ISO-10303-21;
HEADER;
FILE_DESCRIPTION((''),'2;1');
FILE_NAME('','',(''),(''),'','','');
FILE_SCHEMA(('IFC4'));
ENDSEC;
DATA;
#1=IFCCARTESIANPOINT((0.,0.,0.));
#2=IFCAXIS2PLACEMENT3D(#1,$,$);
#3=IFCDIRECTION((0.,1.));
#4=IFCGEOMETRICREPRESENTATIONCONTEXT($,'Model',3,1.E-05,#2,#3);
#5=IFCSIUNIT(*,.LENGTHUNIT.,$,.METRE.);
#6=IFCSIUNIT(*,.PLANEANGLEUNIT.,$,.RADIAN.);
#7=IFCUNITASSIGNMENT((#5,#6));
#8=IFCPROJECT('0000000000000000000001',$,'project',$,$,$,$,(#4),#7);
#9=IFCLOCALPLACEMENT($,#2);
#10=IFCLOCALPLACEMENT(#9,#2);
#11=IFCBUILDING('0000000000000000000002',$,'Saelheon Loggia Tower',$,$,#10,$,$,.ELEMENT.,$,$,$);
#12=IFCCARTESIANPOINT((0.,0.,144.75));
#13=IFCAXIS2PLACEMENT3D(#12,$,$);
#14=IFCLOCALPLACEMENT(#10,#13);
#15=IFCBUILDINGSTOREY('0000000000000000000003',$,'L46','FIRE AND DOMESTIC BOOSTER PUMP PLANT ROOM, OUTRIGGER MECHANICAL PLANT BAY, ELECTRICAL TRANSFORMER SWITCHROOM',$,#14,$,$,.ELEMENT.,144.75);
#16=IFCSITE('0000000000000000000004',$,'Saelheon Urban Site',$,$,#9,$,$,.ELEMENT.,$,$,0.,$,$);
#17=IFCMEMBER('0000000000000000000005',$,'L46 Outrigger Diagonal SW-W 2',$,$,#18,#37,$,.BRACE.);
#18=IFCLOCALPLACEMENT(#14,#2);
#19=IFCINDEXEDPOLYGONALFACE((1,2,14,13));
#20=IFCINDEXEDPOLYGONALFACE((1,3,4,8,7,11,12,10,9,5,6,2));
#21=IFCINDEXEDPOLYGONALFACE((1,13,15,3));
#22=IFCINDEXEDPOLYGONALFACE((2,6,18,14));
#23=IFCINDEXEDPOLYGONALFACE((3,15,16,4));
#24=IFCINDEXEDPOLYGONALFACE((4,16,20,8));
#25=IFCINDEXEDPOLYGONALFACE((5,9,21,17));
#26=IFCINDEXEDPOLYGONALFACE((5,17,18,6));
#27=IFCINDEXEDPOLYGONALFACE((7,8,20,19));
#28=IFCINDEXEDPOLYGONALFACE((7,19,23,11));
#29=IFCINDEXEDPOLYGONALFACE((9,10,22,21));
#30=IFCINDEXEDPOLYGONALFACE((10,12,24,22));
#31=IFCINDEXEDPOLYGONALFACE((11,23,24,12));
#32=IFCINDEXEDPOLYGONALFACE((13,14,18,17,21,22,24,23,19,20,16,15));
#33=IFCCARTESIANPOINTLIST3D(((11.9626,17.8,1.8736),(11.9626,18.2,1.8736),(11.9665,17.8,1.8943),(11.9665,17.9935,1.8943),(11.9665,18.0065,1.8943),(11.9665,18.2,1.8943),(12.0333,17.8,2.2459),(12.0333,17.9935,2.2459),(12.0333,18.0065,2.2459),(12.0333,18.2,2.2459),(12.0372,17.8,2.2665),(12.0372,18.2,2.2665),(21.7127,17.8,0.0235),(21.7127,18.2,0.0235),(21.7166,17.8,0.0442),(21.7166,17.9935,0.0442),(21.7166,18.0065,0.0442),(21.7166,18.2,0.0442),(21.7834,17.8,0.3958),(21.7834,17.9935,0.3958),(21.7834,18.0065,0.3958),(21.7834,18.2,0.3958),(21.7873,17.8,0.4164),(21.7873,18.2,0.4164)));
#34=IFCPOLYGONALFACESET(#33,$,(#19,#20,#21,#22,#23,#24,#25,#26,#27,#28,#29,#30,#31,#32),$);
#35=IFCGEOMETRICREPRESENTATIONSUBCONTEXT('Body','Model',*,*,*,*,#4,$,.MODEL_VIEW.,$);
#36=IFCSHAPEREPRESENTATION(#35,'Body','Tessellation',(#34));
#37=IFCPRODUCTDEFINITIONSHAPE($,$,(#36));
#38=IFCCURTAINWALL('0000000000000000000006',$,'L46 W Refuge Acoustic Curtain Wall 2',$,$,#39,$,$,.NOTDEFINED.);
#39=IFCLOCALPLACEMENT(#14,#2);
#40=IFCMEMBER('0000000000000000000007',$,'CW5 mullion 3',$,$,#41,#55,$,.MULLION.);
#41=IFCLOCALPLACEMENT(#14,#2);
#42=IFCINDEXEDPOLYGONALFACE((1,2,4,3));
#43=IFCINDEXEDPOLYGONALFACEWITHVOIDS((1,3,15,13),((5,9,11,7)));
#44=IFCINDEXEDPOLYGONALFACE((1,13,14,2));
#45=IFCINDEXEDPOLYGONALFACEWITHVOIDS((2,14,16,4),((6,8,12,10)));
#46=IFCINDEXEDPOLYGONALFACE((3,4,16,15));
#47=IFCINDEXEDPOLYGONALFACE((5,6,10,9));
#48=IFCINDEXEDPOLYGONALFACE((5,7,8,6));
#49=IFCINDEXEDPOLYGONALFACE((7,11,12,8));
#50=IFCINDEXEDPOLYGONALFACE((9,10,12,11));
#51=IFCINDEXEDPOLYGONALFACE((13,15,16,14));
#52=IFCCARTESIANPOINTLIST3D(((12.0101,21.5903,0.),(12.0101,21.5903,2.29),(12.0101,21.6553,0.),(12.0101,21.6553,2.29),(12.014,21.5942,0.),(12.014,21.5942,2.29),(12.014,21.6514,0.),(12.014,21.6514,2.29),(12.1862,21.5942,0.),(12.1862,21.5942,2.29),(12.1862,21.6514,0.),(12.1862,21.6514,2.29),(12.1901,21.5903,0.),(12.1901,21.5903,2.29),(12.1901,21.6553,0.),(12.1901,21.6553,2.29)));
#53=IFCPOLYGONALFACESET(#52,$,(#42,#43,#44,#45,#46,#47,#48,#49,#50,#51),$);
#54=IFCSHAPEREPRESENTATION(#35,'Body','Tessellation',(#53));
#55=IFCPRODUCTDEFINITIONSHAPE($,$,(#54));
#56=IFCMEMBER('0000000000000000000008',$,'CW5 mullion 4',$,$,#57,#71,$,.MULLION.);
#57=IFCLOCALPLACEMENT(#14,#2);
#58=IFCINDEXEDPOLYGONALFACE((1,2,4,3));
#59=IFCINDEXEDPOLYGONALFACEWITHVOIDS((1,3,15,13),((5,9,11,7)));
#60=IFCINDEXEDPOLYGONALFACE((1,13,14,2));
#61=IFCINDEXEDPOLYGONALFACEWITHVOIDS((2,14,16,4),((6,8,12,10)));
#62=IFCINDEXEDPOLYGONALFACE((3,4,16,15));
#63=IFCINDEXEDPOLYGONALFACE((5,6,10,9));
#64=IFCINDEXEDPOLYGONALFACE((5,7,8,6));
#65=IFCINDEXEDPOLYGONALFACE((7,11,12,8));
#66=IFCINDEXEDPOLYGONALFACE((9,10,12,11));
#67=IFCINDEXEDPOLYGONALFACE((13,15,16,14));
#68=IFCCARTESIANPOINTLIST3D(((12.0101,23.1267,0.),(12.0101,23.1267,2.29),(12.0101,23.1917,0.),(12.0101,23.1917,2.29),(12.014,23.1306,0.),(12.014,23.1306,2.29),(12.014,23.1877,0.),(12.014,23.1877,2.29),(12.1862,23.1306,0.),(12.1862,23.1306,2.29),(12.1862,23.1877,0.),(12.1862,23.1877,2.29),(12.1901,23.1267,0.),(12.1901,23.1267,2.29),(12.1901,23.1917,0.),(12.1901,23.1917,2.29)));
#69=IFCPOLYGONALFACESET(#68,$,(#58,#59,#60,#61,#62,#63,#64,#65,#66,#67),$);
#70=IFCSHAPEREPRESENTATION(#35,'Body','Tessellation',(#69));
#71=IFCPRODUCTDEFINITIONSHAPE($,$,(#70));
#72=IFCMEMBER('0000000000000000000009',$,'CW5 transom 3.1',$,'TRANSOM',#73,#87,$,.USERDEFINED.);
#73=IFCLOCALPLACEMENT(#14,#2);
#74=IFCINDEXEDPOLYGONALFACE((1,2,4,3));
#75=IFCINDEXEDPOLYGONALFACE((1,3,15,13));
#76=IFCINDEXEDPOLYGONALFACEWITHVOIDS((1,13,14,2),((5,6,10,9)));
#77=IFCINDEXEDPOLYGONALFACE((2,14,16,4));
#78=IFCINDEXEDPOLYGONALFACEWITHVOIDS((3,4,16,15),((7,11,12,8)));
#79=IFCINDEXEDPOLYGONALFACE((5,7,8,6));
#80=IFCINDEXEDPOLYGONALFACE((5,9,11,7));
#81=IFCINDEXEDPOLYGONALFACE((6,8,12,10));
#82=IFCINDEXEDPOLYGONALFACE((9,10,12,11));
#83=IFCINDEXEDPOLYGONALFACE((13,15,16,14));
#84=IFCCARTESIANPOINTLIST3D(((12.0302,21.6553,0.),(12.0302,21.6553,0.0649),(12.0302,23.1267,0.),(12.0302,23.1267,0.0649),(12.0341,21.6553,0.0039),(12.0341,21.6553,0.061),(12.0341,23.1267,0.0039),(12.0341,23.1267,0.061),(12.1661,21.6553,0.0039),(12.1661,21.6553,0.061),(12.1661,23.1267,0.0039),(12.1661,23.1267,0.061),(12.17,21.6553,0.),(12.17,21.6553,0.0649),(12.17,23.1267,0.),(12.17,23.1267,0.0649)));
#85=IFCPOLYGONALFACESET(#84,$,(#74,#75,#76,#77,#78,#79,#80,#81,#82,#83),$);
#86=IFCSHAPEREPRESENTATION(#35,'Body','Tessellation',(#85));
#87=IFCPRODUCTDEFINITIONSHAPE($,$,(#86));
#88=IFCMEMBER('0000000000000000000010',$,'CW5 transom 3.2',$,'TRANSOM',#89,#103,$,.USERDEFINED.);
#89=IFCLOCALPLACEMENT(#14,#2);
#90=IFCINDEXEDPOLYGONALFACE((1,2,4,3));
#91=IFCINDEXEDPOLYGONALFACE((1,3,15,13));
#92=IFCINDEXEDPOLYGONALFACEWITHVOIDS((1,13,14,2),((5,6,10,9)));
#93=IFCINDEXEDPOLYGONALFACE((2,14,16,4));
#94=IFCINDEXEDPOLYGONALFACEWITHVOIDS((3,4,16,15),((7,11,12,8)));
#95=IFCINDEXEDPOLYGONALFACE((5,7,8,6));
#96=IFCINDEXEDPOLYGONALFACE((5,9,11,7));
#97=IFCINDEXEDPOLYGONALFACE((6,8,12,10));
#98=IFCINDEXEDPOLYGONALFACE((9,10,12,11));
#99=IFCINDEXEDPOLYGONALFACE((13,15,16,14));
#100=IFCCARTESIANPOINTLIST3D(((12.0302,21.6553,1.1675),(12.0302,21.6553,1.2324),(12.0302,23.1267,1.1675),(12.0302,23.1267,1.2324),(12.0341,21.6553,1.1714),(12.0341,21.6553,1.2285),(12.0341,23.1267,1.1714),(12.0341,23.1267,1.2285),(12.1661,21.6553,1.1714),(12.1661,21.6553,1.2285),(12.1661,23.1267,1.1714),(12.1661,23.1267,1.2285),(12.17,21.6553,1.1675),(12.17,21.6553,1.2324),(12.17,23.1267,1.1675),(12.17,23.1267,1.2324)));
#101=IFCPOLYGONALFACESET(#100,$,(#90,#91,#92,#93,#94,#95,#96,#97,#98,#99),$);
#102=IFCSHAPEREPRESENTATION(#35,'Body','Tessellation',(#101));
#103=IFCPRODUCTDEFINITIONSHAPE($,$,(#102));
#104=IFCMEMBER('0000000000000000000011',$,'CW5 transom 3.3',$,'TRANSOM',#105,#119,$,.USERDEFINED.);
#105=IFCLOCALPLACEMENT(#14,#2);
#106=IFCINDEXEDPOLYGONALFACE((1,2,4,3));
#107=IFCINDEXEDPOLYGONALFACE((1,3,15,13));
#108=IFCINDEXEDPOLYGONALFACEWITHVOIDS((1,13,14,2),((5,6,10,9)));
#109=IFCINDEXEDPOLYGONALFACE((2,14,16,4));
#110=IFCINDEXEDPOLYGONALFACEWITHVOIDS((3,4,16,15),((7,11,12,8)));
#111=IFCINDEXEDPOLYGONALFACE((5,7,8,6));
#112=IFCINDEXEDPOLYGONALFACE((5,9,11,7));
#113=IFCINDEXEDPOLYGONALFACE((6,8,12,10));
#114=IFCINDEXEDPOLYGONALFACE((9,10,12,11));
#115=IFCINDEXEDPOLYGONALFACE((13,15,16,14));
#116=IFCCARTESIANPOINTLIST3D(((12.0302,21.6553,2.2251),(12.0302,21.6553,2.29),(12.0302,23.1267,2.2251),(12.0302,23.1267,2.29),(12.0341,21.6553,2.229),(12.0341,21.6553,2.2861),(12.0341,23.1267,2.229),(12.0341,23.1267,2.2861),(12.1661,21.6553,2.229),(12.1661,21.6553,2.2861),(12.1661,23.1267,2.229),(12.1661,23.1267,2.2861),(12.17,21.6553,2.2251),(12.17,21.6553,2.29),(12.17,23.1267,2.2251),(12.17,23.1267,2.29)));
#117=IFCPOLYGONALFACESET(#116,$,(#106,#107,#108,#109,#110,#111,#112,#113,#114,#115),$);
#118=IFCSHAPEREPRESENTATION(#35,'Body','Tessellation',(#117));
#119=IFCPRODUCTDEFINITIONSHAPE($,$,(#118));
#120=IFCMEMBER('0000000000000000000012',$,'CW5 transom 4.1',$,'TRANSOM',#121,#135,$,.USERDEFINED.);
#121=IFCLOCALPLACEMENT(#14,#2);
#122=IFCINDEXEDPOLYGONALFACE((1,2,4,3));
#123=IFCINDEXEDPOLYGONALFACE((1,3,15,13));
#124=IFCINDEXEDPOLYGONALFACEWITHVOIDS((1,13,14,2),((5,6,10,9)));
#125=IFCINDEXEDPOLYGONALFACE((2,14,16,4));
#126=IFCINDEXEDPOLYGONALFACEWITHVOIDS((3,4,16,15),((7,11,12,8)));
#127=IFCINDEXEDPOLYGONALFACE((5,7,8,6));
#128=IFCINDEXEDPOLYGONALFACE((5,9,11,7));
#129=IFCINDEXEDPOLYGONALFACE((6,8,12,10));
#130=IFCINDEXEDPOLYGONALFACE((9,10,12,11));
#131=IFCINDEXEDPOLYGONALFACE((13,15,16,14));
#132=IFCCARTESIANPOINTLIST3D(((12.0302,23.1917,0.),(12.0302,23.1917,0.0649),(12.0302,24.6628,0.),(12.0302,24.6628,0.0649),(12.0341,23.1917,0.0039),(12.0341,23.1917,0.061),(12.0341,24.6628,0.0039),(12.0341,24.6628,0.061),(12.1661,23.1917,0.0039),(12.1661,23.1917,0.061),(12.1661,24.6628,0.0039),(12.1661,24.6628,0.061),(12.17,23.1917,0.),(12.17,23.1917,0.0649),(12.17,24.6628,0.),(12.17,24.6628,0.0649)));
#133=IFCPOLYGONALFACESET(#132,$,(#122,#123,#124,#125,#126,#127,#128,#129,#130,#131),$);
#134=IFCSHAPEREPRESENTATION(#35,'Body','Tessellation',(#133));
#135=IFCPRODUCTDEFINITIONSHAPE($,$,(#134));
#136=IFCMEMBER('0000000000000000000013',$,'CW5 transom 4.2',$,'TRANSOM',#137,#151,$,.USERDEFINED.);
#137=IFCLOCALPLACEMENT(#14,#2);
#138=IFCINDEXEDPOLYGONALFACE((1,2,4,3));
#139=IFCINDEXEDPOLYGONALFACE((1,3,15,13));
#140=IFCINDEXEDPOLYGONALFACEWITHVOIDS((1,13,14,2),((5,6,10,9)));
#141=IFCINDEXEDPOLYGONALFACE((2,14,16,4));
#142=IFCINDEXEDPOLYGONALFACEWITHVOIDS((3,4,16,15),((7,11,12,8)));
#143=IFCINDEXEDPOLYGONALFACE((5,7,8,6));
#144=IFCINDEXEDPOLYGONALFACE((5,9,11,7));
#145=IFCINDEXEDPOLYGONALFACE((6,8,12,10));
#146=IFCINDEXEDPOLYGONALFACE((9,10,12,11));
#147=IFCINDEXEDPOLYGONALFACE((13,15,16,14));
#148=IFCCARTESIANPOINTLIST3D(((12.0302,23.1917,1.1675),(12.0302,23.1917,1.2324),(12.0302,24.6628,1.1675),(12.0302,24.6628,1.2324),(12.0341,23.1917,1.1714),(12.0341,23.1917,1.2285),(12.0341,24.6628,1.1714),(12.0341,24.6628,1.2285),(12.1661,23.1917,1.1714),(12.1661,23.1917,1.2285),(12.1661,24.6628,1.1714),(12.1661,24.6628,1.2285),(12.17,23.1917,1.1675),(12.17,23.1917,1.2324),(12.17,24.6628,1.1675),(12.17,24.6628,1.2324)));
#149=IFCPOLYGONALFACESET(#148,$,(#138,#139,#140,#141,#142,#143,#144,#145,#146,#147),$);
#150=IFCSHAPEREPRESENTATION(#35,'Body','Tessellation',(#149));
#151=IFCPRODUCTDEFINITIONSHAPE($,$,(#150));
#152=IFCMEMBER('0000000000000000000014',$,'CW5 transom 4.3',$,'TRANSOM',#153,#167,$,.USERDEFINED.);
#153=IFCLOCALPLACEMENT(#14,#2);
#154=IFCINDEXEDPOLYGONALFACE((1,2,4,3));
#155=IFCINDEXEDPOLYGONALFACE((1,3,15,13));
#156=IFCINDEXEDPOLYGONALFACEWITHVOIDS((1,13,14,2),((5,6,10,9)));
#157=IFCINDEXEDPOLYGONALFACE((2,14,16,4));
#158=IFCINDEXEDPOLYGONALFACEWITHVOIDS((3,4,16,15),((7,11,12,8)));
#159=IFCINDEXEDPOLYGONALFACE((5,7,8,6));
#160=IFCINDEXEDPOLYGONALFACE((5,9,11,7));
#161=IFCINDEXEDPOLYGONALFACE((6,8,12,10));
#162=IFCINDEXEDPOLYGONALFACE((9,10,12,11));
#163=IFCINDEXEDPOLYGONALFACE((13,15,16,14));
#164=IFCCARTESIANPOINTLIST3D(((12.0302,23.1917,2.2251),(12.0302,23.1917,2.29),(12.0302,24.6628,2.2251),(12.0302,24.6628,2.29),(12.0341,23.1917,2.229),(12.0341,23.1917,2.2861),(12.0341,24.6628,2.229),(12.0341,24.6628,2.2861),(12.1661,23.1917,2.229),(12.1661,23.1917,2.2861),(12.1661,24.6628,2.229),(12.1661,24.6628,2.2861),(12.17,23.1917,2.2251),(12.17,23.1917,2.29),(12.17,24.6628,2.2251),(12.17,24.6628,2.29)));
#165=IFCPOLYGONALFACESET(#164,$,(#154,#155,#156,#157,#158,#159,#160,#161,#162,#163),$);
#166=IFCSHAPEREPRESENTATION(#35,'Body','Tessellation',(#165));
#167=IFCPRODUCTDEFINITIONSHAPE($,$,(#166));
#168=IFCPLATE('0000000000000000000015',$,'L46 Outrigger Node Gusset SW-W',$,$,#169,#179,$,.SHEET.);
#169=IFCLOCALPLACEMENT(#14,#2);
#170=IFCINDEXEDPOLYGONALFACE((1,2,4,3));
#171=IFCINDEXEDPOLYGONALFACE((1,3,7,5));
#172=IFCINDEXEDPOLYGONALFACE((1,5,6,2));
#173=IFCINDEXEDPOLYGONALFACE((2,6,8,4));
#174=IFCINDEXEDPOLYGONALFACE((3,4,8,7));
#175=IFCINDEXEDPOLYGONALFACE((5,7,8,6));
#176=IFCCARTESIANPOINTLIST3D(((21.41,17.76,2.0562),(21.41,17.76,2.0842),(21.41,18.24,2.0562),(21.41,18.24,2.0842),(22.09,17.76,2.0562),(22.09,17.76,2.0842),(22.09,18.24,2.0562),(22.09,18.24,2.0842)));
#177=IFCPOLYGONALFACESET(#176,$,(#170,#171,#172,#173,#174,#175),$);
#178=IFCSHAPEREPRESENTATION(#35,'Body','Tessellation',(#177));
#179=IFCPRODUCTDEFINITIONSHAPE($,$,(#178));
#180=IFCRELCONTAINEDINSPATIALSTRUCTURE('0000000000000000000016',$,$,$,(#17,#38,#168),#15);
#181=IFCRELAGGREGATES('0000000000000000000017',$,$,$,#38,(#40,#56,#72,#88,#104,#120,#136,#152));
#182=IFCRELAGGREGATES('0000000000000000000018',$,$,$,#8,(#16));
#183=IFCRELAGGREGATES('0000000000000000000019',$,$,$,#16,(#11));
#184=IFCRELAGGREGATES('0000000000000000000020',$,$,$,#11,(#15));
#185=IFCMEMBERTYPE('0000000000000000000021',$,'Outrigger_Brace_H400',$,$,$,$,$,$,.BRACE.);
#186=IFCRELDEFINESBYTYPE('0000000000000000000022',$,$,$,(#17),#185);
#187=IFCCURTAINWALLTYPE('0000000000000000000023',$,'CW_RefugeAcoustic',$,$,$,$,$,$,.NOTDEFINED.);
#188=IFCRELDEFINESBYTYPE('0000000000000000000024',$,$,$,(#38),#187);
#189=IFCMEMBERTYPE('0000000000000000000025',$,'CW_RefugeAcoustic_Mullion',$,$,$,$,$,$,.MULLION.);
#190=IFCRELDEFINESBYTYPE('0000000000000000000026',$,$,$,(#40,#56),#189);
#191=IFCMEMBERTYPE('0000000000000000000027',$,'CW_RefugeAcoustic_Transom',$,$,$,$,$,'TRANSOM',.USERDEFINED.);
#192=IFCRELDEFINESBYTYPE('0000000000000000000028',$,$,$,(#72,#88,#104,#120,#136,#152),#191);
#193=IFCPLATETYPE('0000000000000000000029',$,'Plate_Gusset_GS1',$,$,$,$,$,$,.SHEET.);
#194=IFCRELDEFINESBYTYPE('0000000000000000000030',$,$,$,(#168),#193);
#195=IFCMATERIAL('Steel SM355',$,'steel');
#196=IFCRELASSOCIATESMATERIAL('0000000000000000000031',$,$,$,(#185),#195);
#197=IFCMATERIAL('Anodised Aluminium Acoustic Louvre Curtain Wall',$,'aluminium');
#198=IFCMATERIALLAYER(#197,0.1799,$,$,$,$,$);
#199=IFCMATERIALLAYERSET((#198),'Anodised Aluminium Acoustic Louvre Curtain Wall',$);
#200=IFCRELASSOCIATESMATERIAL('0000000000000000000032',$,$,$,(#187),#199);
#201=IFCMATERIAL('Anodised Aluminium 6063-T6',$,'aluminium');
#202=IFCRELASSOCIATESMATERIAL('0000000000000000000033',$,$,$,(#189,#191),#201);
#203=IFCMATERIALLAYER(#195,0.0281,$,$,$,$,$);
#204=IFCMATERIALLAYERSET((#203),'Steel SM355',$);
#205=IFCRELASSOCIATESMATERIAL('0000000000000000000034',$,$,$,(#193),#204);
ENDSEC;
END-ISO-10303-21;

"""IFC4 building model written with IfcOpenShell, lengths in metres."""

from ifc_helpers import new_model, si_unit, direction, frame, origin, origin_2d, place, context, subcontext, project, spatial, rectangle, hollow_rectangle, i_section, extrude, source, transform, mapped, material, layer, layer_set, material_profile, profile_set, type_object, element, aggregate, save


model = new_model("IFC4")

# Units and contexts
model_context = context("Model", 3, precision=1e-05, world=origin(), true_north=direction((0.0, 1.0)))
body_context = subcontext(model_context, "Body", "Model", "MODEL_VIEW")
ifc_project = project(units=[si_unit("LENGTHUNIT", "METRE"), si_unit("PLANEANGLEUNIT", "RADIAN")], contexts=[model_context])

# Site, building, storey
site_placement = place(None, origin())
site = spatial("IfcSite", under=ifc_project, at=site_placement, Name="Saelheon Urban Site", CompositionType="ELEMENT", RefElevation=0.0)
building_placement = place(site_placement, origin())
building = spatial("IfcBuilding", under=site, at=building_placement, Name="Saelheon Loggia Tower", CompositionType="ELEMENT")
storey_placement = place(building_placement, frame((0.0, 0.0, 144.75)))
storey = spatial("IfcBuildingStorey", under=building, at=storey_placement, Name="L46", Description="FIRE AND DOMESTIC BOOSTER PUMP PLANT ROOM, OUTRIGGER MECHANICAL PLANT BAY, ELECTRICAL TRANSFORMER SWITCHROOM", CompositionType="ELEMENT", Elevation=144.75)

# Member
ifc_material_1 = material(Name="Steel SM355", Category="steel")
ifc_material_profile_1 = material_profile(ifc_material_1, i_section(OverallWidth=0.3999, OverallDepth=0.3999, WebThickness=0.0129, FlangeThickness=0.021, at=origin_2d()), Name="H-400x400x13x21")
ifc_profile_set_1 = profile_set([ifc_material_profile_1], Name="Steel SM355")
member_type_1 = type_object("IfcMemberType", Name="Outrigger_Brace_H400", PredefinedType="BRACE", material=ifc_profile_set_1)
shared_shape_1 = source(origin(), body_context, "Body", "SweptSolid", [
    extrude(i_section(OverallWidth=0.3999, OverallDepth=0.3999, WebThickness=0.0129, FlangeThickness=0.021, at=origin_2d()), origin(), (0.0, 0.0, 1.0), 9.9241),
])
for number, where, z_axis, x_axis, name in (
    (1, (21.75, 18.0, 0.22), (-0.982469, 0.0, 0.186427), (0.0, -1.0, 0.0), "L46 Outrigger Diagonal SW-W 2"),
):
    element("IfcMember", number, at=place(storey_placement, frame(where, z_axis=z_axis, x_axis=x_axis)), inside=storey, type_object=member_type_1, Name=name, PredefinedType="BRACE", context=body_context, shape_type="MappedRepresentation", body=[
        mapped(shared_shape_1, transform((0.0, 0.0, 0.0), scale=1.0)),
    ])

# Curtain wall, members
ifc_material_2 = material(Name="Anodised Aluminium Acoustic Louvre Curtain Wall", Category="aluminium")
ifc_layer_1 = layer(ifc_material_2, 0.1799)
ifc_layer_set_1 = layer_set([ifc_layer_1], Name="Anodised Aluminium Acoustic Louvre Curtain Wall")
curtain_wall_type = type_object("IfcCurtainWallType", Name="CW_RefugeAcoustic", PredefinedType="NOTDEFINED", material=ifc_layer_set_1)
curtain_wall_placement = place(storey_placement, origin())
curtain_wall = element("IfcCurtainWall", 2, at=curtain_wall_placement, inside=storey, type_object=curtain_wall_type, Name="L46 W Refuge Acoustic Curtain Wall 2", PredefinedType="NOTDEFINED")
ifc_material_3 = material(Name="Anodised Aluminium 6063-T6", Category="aluminium")
ifc_material_profile_2 = material_profile(ifc_material_3, hollow_rectangle(XDim=0.0649, YDim=0.1799, WallThickness=0.0039, at=origin_2d()), Name="RHS-180x65x4")
ifc_profile_set_2 = profile_set([ifc_material_profile_2], Name="Anodised Aluminium 6063-T6")
member_type_2 = type_object("IfcMemberType", Name="CW_RefugeAcoustic_Mullion", PredefinedType="MULLION", material=ifc_profile_set_2)
shared_shape_2 = source(origin(), body_context, "Body", "SweptSolid", [
    extrude(hollow_rectangle(XDim=0.0649, YDim=0.1799, WallThickness=0.0039, at=origin_2d()), origin(), (0.0, 0.0, 1.0), 2.29),
])
member_1_placement = place(storey_placement, frame((12.1001, 21.6228, 0.0), z_axis=(0.0, 0.0, 1.0), x_axis=(0.0, 1.0, 0.0)))
member_1 = element("IfcMember", 3, at=member_1_placement, type_object=member_type_2, Name="CW5 mullion 3", PredefinedType="MULLION", context=body_context, shape_type="MappedRepresentation", body=[
    mapped(shared_shape_2, transform((0.0, 0.0, 0.0), scale=1.0)),
])
member_2_placement = place(storey_placement, frame((12.1001, 23.1592, 0.0), z_axis=(0.0, 0.0, 1.0), x_axis=(0.0, 1.0, 0.0)))
member_2 = element("IfcMember", 4, at=member_2_placement, type_object=member_type_2, Name="CW5 mullion 4", PredefinedType="MULLION", context=body_context, shape_type="MappedRepresentation", body=[
    mapped(shared_shape_2, transform((0.0, 0.0, 0.0), scale=1.0)),
])
ifc_material_profile_3 = material_profile(ifc_material_3, hollow_rectangle(XDim=0.0649, YDim=0.1399, WallThickness=0.0039, at=origin_2d()), Name="RHS-140x65x4")
ifc_profile_set_3 = profile_set([ifc_material_profile_3], Name="Anodised Aluminium 6063-T6")
member_type_3 = type_object("IfcMemberType", Name="CW_RefugeAcoustic_Transom", ElementType="TRANSOM", PredefinedType="USERDEFINED", material=ifc_profile_set_3)
shared_shape_3 = source(origin(), body_context, "Body", "SweptSolid", [
    extrude(hollow_rectangle(XDim=0.0649, YDim=0.1399, WallThickness=0.0039, at=origin_2d()), origin(), (0.0, 0.0, 1.0), 1.4714),
])
member_3_placement = place(storey_placement, frame((12.1001, 21.6553, 0.0325), z_axis=(0.0, 1.0, 0.0), x_axis=(0.0, 0.0, 1.0)))
member_3 = element("IfcMember", 5, at=member_3_placement, type_object=member_type_3, Name="CW5 transom 3.1", ObjectType="TRANSOM", PredefinedType="USERDEFINED", context=body_context, shape_type="MappedRepresentation", body=[
    mapped(shared_shape_3, transform((0.0, 0.0, 0.0), scale=1.0)),
])
member_4_placement = place(storey_placement, frame((12.1001, 21.6553, 1.2), z_axis=(0.0, 1.0, 0.0), x_axis=(0.0, 0.0, 1.0)))
member_4 = element("IfcMember", 6, at=member_4_placement, type_object=member_type_3, Name="CW5 transom 3.2", ObjectType="TRANSOM", PredefinedType="USERDEFINED", context=body_context, shape_type="MappedRepresentation", body=[
    mapped(shared_shape_3, transform((0.0, 0.0, 0.0), scale=1.0)),
])
member_5_placement = place(storey_placement, frame((12.1001, 21.6553, 2.2576), z_axis=(0.0, 1.0, 0.0), x_axis=(0.0, 0.0, 1.0)))
member_5 = element("IfcMember", 7, at=member_5_placement, type_object=member_type_3, Name="CW5 transom 3.3", ObjectType="TRANSOM", PredefinedType="USERDEFINED", context=body_context, shape_type="MappedRepresentation", body=[
    mapped(shared_shape_3, transform((0.0, 0.0, 0.0), scale=1.0)),
])
shared_shape_4 = source(origin(), body_context, "Body", "SweptSolid", [
    extrude(hollow_rectangle(XDim=0.0649, YDim=0.1399, WallThickness=0.0039, at=origin_2d()), origin(), (0.0, 0.0, 1.0), 1.4712),
])
member_6_placement = place(storey_placement, frame((12.1001, 23.1917, 0.0325), z_axis=(0.0, 1.0, 0.0), x_axis=(0.0, 0.0, 1.0)))
member_6 = element("IfcMember", 8, at=member_6_placement, type_object=member_type_3, Name="CW5 transom 4.1", ObjectType="TRANSOM", PredefinedType="USERDEFINED", context=body_context, shape_type="MappedRepresentation", body=[
    mapped(shared_shape_4, transform((0.0, 0.0, 0.0), scale=1.0)),
])
member_7_placement = place(storey_placement, frame((12.1001, 23.1917, 1.2), z_axis=(0.0, 1.0, 0.0), x_axis=(0.0, 0.0, 1.0)))
member_7 = element("IfcMember", 9, at=member_7_placement, type_object=member_type_3, Name="CW5 transom 4.2", ObjectType="TRANSOM", PredefinedType="USERDEFINED", context=body_context, shape_type="MappedRepresentation", body=[
    mapped(shared_shape_4, transform((0.0, 0.0, 0.0), scale=1.0)),
])
member_8_placement = place(storey_placement, frame((12.1001, 23.1917, 2.2576), z_axis=(0.0, 1.0, 0.0), x_axis=(0.0, 0.0, 1.0)))
member_8 = element("IfcMember", 10, at=member_8_placement, type_object=member_type_3, Name="CW5 transom 4.3", ObjectType="TRANSOM", PredefinedType="USERDEFINED", context=body_context, shape_type="MappedRepresentation", body=[
    mapped(shared_shape_4, transform((0.0, 0.0, 0.0), scale=1.0)),
])

# Plate
ifc_layer_2 = layer(ifc_material_1, 0.0281)
ifc_layer_set_2 = layer_set([ifc_layer_2], Name="Steel SM355")
plate_type_1 = type_object("IfcPlateType", Name="Plate_Gusset_GS1", PredefinedType="SHEET", material=ifc_layer_set_2)
shared_shape_5 = source(origin(), body_context, "Body", "SweptSolid", [
    extrude(rectangle(XDim=0.6799, YDim=0.48, at=origin_2d()), origin(), (0.0, 0.0, 1.0), 0.0281),
])
plate_1_placement = place(storey_placement, frame((21.75, 18.0, 2.0562), z_axis=(0.0, 0.0, 1.0), x_axis=(1.0, 0.0, 0.0)))
element("IfcPlate", 11, at=plate_1_placement, inside=storey, type_object=plate_type_1, Name="L46 Outrigger Node Gusset SW-W", PredefinedType="SHEET", context=body_context, shape_type="MappedRepresentation", body=[
    mapped(shared_shape_5, transform((0.0, 0.0, 0.0), scale=1.0)),
])

aggregate(curtain_wall, [member_1, member_2, member_3, member_4, member_5, member_6, member_7, member_8])

save(model, "model.ifc")
